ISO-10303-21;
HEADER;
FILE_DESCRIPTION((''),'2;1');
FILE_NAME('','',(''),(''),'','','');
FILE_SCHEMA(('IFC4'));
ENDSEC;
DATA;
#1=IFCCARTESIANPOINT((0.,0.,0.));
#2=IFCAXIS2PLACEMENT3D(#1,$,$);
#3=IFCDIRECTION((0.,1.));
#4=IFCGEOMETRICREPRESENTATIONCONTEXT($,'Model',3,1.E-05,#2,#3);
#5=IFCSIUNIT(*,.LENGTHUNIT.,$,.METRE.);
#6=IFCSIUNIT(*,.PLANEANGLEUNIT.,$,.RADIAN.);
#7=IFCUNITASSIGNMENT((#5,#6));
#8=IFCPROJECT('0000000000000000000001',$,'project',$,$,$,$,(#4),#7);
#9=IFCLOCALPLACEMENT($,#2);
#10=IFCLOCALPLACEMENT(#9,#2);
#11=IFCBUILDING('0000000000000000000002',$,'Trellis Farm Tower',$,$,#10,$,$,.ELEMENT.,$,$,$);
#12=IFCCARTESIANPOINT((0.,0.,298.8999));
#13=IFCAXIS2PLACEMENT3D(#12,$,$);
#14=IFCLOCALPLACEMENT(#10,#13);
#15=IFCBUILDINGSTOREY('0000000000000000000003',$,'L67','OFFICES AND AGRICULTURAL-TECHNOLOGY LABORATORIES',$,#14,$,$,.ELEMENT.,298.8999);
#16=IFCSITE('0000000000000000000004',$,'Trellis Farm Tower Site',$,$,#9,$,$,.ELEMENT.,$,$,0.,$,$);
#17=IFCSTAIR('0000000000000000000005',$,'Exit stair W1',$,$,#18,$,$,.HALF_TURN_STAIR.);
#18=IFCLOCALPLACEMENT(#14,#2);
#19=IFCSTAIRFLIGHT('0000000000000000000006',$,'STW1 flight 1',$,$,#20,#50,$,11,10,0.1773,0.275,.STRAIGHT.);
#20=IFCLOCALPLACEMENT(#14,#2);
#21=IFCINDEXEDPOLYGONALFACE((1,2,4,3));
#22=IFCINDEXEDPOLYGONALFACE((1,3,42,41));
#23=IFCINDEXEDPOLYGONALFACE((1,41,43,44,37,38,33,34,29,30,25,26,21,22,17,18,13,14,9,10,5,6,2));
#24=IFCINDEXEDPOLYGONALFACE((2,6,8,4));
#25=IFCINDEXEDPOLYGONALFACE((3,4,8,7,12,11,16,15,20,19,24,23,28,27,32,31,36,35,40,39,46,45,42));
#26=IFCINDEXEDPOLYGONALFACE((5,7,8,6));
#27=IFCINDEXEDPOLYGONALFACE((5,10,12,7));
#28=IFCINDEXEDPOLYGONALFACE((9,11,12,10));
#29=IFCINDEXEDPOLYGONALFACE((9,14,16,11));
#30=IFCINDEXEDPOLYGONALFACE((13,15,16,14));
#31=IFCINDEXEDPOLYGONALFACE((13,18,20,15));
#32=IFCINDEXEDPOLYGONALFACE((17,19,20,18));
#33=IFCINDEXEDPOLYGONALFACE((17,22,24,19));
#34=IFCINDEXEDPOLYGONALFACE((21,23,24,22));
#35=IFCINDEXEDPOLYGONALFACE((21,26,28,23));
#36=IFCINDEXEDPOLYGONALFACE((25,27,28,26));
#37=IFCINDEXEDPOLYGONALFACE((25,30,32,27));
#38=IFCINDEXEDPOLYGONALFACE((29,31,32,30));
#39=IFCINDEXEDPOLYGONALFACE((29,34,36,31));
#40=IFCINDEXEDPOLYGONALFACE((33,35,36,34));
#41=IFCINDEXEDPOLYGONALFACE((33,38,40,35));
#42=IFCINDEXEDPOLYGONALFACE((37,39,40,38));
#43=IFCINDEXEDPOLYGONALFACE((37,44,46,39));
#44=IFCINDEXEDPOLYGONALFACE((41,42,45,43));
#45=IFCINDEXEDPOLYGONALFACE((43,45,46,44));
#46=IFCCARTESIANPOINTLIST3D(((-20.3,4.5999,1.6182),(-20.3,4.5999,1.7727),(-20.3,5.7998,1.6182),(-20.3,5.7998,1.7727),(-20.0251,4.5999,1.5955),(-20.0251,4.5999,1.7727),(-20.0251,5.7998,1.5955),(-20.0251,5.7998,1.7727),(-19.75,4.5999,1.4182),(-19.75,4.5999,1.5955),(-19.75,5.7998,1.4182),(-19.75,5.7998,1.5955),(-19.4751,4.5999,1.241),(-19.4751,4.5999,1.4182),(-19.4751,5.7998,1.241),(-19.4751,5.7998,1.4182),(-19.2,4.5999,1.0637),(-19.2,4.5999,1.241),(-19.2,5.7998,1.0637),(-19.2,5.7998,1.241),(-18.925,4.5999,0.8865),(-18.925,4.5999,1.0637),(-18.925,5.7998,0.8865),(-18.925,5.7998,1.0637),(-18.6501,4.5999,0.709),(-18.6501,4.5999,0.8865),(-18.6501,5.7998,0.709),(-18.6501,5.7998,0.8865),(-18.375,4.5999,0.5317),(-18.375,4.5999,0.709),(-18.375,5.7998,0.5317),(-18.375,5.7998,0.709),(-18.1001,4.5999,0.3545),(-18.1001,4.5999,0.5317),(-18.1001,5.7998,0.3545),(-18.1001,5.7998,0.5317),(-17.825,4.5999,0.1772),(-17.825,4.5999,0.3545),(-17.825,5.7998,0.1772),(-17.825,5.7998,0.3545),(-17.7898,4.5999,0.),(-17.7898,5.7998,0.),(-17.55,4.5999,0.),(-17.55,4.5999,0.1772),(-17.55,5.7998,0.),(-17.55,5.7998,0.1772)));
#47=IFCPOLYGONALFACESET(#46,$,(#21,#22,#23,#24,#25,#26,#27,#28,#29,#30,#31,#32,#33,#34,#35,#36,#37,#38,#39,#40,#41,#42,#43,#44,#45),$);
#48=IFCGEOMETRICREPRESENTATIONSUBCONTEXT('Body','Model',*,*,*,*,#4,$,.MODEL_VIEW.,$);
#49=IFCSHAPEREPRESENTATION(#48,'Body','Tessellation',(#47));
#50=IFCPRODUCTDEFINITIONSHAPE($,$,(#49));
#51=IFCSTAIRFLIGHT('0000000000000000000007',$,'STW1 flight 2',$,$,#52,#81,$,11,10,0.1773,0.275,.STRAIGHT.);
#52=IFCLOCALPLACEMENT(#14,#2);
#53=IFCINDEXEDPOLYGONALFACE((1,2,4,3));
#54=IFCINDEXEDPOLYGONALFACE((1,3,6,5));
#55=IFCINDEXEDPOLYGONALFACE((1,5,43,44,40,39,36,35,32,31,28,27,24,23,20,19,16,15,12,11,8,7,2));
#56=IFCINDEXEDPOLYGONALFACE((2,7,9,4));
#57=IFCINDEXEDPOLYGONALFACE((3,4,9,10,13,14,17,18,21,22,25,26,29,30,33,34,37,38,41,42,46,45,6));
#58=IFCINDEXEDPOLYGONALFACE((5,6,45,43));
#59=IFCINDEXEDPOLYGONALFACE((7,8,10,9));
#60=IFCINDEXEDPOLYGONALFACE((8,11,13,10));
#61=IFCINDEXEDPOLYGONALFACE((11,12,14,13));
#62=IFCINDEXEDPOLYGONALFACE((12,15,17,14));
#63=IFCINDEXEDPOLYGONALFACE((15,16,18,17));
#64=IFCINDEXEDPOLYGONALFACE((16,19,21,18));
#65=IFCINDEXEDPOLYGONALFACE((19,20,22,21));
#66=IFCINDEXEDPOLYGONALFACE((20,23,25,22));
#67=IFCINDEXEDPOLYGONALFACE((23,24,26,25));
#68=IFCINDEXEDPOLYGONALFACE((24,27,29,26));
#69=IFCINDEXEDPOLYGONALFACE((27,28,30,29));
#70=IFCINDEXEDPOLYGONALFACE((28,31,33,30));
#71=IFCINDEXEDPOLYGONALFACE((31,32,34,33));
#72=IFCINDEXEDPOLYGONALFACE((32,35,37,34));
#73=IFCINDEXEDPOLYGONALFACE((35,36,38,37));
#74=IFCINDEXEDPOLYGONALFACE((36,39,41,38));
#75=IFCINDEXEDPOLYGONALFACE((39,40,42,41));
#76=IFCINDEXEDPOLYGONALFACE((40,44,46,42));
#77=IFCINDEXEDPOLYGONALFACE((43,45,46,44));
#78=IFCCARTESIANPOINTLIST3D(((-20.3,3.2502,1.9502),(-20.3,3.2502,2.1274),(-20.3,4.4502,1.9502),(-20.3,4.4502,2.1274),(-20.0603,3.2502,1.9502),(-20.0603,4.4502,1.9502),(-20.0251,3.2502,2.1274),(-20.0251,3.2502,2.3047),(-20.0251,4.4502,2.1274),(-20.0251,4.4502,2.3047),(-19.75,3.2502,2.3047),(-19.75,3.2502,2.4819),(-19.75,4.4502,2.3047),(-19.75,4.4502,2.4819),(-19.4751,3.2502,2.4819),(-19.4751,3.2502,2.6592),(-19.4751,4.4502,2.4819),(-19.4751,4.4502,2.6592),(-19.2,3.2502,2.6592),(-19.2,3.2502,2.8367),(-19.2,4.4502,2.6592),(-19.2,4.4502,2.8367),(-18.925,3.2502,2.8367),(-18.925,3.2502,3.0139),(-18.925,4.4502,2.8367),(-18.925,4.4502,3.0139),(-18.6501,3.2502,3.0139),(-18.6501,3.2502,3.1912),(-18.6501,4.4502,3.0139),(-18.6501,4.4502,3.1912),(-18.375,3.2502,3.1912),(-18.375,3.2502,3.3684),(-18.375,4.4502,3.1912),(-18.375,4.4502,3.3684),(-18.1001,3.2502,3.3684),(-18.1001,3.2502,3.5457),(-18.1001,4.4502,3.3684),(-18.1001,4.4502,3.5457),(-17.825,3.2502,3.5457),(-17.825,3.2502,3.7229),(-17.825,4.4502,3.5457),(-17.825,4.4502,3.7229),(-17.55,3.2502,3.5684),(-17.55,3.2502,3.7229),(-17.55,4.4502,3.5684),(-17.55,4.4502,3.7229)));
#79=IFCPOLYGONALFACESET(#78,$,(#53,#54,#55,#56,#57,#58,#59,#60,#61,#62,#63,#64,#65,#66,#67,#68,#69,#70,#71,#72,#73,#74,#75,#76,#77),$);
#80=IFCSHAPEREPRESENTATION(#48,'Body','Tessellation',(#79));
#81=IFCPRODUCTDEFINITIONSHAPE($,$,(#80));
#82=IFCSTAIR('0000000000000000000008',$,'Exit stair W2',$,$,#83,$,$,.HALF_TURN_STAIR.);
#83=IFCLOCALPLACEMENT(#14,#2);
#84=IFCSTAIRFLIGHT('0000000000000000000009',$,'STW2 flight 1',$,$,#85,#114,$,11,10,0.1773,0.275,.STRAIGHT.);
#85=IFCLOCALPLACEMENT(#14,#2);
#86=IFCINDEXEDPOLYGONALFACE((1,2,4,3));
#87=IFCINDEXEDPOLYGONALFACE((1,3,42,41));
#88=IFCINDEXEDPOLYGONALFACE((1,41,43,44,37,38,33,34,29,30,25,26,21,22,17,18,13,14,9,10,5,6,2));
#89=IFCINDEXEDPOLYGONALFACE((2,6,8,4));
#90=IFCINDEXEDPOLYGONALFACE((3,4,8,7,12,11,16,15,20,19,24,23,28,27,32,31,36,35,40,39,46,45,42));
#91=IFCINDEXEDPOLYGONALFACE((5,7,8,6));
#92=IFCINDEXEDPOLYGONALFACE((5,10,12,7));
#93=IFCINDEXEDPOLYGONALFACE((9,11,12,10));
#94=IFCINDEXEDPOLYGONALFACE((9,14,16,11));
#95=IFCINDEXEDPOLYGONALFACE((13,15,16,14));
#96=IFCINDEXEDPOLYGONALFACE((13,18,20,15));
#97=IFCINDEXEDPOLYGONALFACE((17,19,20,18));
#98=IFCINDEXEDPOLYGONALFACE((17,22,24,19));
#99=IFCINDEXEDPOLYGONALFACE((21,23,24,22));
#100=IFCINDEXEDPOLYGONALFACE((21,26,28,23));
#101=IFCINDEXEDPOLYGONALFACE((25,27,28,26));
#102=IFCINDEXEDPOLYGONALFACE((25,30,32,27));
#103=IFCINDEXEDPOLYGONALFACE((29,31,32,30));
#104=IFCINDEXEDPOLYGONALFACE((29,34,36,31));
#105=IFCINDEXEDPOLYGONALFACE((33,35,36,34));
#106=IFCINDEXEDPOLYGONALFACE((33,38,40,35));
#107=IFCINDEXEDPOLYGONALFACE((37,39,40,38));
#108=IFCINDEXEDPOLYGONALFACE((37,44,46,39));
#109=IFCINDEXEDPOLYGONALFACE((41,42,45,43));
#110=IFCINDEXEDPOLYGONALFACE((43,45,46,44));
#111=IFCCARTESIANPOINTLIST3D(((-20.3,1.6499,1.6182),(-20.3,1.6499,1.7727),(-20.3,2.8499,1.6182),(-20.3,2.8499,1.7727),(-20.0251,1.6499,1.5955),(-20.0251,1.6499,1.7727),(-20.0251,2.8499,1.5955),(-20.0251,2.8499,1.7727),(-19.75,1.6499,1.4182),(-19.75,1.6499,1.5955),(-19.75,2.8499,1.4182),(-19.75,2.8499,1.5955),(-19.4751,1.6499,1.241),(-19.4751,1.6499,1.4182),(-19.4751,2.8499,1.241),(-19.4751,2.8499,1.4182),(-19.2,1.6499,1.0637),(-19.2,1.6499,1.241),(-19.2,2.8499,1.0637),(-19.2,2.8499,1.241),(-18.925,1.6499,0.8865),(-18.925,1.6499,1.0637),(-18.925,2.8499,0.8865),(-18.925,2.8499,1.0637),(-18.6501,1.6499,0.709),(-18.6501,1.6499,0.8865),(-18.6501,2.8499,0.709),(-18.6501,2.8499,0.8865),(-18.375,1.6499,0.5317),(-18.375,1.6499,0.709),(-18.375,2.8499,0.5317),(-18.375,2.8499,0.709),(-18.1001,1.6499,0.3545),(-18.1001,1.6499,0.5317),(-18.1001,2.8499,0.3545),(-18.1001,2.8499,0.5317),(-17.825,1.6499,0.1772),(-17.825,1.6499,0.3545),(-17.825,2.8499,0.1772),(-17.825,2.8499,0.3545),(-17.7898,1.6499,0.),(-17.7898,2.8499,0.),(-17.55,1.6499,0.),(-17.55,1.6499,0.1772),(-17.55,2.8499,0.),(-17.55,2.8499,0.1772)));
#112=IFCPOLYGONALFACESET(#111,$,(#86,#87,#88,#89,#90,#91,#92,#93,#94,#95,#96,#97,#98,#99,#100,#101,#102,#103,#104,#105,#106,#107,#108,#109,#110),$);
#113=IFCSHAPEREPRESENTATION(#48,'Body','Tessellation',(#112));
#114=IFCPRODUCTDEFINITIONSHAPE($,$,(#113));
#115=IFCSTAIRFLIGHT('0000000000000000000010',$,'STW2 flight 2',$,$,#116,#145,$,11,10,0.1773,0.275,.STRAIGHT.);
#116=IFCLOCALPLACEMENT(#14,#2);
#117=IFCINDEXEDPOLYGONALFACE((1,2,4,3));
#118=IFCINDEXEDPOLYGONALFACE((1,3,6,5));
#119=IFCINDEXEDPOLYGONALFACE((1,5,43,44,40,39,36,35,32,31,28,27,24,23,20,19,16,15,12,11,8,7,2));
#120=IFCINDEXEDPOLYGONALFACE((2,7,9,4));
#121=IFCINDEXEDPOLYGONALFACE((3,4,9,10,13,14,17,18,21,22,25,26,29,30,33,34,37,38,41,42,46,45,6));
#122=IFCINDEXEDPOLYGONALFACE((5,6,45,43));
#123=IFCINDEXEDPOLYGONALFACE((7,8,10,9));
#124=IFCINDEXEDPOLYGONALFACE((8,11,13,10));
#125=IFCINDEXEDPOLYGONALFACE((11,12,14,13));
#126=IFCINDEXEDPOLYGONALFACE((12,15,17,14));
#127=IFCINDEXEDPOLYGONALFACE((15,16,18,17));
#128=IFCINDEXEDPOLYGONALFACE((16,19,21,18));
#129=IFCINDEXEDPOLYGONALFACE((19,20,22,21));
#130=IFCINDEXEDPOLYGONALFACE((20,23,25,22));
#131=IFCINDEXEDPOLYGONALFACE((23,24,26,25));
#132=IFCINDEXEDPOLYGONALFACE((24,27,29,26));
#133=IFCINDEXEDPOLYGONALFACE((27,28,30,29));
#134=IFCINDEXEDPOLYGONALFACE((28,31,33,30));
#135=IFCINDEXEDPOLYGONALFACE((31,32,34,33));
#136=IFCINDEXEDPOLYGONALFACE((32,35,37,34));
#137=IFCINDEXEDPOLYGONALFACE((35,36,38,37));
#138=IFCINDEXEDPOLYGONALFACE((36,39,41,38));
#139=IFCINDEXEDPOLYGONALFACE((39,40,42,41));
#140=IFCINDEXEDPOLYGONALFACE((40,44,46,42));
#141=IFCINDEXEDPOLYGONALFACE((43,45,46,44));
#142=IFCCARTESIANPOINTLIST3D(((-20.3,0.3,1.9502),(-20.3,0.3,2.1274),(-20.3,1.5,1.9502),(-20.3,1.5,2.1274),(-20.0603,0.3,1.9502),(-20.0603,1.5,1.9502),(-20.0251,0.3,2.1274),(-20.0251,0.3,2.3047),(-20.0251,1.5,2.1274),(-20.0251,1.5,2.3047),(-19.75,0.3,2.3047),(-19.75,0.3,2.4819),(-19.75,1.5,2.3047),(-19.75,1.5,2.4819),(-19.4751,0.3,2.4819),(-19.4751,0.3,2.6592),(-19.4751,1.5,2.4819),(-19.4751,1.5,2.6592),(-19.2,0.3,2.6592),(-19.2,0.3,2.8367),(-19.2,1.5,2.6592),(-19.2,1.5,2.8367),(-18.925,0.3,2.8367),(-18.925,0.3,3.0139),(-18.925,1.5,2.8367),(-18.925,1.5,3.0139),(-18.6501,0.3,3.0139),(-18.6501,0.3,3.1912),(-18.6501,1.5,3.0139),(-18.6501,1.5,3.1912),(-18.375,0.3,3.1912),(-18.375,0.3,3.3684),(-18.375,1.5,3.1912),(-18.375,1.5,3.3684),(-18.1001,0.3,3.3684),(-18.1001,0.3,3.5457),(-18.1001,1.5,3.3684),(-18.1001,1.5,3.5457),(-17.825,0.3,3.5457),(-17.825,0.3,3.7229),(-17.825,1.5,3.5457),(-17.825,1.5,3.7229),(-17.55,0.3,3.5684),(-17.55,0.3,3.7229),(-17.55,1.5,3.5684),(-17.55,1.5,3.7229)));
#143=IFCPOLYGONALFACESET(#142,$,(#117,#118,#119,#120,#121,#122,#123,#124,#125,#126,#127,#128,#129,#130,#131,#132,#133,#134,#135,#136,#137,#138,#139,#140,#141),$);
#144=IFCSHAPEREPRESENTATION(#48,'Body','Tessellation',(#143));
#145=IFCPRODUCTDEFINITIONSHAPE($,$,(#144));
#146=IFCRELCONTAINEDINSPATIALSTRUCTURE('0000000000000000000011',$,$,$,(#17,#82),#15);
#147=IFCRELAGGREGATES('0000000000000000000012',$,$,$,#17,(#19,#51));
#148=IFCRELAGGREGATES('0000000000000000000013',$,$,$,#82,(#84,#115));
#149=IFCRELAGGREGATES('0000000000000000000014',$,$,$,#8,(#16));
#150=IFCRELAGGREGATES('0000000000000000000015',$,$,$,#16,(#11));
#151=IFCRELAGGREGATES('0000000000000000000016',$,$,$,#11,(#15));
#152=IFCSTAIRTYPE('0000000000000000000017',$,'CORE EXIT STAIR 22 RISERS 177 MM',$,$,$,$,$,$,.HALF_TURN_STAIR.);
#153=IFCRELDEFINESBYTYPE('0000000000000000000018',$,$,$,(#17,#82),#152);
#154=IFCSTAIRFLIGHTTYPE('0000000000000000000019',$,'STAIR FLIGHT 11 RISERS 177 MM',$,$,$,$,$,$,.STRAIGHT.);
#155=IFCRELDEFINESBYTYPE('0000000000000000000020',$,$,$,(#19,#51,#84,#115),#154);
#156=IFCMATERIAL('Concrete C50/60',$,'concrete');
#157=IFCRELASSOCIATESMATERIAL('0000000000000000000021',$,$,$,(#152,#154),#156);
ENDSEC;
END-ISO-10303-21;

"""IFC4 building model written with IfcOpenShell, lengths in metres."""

from ifc_helpers import new_model, si_unit, direction, frame, origin, place, context, subcontext, project, spatial, polyline, outline, extrude, source, transform, mapped, material, type_object, element, aggregate, save


model = new_model("IFC4")

# Units and contexts
model_context = context("Model", 3, precision=1e-05, world=origin(), true_north=direction((0.0, 1.0)))
body_context = subcontext(model_context, "Body", "Model", "MODEL_VIEW")
ifc_project = project(units=[si_unit("LENGTHUNIT", "METRE"), si_unit("PLANEANGLEUNIT", "RADIAN")], contexts=[model_context])

# Site, building, storey
site_placement = place(None, origin())
site = spatial("IfcSite", under=ifc_project, at=site_placement, Name="Trellis Farm Tower Site", CompositionType="ELEMENT", RefElevation=0.0)
building_placement = place(site_placement, origin())
building = spatial("IfcBuilding", under=site, at=building_placement, Name="Trellis Farm Tower", CompositionType="ELEMENT")
storey_placement = place(building_placement, frame((0.0, 0.0, 298.8999)))
storey = spatial("IfcBuildingStorey", under=building, at=storey_placement, Name="L67", Description="OFFICES AND AGRICULTURAL-TECHNOLOGY LABORATORIES", CompositionType="ELEMENT", Elevation=298.8999)

# Shared definitions
placement = place(storey_placement, origin())

# Shared definitions
ifc_material_1 = material(Name="Concrete C50/60", Category="concrete")

# Stairs, stair flights
stair_type = type_object("IfcStairType", Name="CORE EXIT STAIR 22 RISERS 177 MM", PredefinedType="HALF_TURN_STAIR", material=ifc_material_1)
stair_1 = element("IfcStair", 1, at=placement, inside=storey, type_object=stair_type, Name="Exit stair W1", PredefinedType="HALF_TURN_STAIR")
stair_flight_type = type_object("IfcStairFlightType", Name="STAIR FLIGHT 11 RISERS 177 MM", PredefinedType="STRAIGHT", material=ifc_material_1)
shared_shape_1 = source(origin(), body_context, "Body", "SweptSolid", [
    extrude(outline(polyline([(0.0, 0.0), (0.0, 0.1772), (0.2749, 0.1772), (0.2749, 0.3545), (0.55, 0.3545), (0.55, 0.5317), (0.825, 0.5317), (0.825, 0.709), (1.1001, 0.709), (1.1001, 0.8865), (1.375, 0.8865), (1.375, 1.0637), (1.6499, 1.0637), (1.6499, 1.241), (1.925, 1.241), (1.925, 1.4182), (2.2, 1.4182), (2.2, 1.5955), (2.4751, 1.5955), (2.4751, 1.7727), (2.75, 1.7727), (2.75, 1.95), (2.75, 1.6182), (0.2397, 0.0), (0.0, 0.0)])), frame((0.0, 0.6001, 0.0), z_axis=(0.0, -1.0, 0.0), x_axis=(1.0, 0.0, 0.0)), (0.0, 0.0, 1.0), 1.2),
])
stair_flight_1_placement = place(storey_placement, frame((-17.55, 5.2, 0.0), z_axis=(0.0, 0.0, 1.0), x_axis=(-1.0, 0.0, 0.0)))
stair_flight_1 = element("IfcStairFlight", 2, at=stair_flight_1_placement, type_object=stair_flight_type, Name="STW1 flight 1", NumberOfRisers=11, NumberOfTreads=10, PredefinedType="STRAIGHT", RiserHeight=0.1773, TreadLength=0.275, context=body_context, shape_type="MappedRepresentation", body=[
    mapped(shared_shape_1, transform((0.0, 0.0, 0.0))),
])
stair_flight_2_placement = place(storey_placement, frame((-20.3, 3.8501, 1.9502), z_axis=(0.0, 0.0, 1.0), x_axis=(1.0, 0.0, 0.0)))
stair_flight_2 = element("IfcStairFlight", 3, at=stair_flight_2_placement, type_object=stair_flight_type, Name="STW1 flight 2", NumberOfRisers=11, NumberOfTreads=10, PredefinedType="STRAIGHT", RiserHeight=0.1773, TreadLength=0.275, context=body_context, shape_type="MappedRepresentation", body=[
    mapped(shared_shape_1, transform((0.0, 0.0, 0.0))),
])
aggregate(stair_1, [stair_flight_1, stair_flight_2])
stair_2 = element("IfcStair", 4, at=placement, inside=storey, type_object=stair_type, Name="Exit stair W2", PredefinedType="HALF_TURN_STAIR")
stair_flight_3_placement = place(storey_placement, frame((-17.55, 2.25, 0.0), z_axis=(0.0, 0.0, 1.0), x_axis=(-1.0, 0.0, 0.0)))
stair_flight_3 = element("IfcStairFlight", 5, at=stair_flight_3_placement, type_object=stair_flight_type, Name="STW2 flight 1", NumberOfRisers=11, NumberOfTreads=10, PredefinedType="STRAIGHT", RiserHeight=0.1773, TreadLength=0.275, context=body_context, shape_type="MappedRepresentation", body=[
    mapped(shared_shape_1, transform((0.0, 0.0, 0.0))),
])
stair_flight_4_placement = place(storey_placement, frame((-20.3, 0.8999, 1.9502), z_axis=(0.0, 0.0, 1.0), x_axis=(1.0, 0.0, 0.0)))
stair_flight_4 = element("IfcStairFlight", 6, at=stair_flight_4_placement, type_object=stair_flight_type, Name="STW2 flight 2", NumberOfRisers=11, NumberOfTreads=10, PredefinedType="STRAIGHT", RiserHeight=0.1773, TreadLength=0.275, context=body_context, shape_type="MappedRepresentation", body=[
    mapped(shared_shape_1, transform((0.0, 0.0, 0.0))),
])
aggregate(stair_2, [stair_flight_3, stair_flight_4])

save(model, "model.ifc")
